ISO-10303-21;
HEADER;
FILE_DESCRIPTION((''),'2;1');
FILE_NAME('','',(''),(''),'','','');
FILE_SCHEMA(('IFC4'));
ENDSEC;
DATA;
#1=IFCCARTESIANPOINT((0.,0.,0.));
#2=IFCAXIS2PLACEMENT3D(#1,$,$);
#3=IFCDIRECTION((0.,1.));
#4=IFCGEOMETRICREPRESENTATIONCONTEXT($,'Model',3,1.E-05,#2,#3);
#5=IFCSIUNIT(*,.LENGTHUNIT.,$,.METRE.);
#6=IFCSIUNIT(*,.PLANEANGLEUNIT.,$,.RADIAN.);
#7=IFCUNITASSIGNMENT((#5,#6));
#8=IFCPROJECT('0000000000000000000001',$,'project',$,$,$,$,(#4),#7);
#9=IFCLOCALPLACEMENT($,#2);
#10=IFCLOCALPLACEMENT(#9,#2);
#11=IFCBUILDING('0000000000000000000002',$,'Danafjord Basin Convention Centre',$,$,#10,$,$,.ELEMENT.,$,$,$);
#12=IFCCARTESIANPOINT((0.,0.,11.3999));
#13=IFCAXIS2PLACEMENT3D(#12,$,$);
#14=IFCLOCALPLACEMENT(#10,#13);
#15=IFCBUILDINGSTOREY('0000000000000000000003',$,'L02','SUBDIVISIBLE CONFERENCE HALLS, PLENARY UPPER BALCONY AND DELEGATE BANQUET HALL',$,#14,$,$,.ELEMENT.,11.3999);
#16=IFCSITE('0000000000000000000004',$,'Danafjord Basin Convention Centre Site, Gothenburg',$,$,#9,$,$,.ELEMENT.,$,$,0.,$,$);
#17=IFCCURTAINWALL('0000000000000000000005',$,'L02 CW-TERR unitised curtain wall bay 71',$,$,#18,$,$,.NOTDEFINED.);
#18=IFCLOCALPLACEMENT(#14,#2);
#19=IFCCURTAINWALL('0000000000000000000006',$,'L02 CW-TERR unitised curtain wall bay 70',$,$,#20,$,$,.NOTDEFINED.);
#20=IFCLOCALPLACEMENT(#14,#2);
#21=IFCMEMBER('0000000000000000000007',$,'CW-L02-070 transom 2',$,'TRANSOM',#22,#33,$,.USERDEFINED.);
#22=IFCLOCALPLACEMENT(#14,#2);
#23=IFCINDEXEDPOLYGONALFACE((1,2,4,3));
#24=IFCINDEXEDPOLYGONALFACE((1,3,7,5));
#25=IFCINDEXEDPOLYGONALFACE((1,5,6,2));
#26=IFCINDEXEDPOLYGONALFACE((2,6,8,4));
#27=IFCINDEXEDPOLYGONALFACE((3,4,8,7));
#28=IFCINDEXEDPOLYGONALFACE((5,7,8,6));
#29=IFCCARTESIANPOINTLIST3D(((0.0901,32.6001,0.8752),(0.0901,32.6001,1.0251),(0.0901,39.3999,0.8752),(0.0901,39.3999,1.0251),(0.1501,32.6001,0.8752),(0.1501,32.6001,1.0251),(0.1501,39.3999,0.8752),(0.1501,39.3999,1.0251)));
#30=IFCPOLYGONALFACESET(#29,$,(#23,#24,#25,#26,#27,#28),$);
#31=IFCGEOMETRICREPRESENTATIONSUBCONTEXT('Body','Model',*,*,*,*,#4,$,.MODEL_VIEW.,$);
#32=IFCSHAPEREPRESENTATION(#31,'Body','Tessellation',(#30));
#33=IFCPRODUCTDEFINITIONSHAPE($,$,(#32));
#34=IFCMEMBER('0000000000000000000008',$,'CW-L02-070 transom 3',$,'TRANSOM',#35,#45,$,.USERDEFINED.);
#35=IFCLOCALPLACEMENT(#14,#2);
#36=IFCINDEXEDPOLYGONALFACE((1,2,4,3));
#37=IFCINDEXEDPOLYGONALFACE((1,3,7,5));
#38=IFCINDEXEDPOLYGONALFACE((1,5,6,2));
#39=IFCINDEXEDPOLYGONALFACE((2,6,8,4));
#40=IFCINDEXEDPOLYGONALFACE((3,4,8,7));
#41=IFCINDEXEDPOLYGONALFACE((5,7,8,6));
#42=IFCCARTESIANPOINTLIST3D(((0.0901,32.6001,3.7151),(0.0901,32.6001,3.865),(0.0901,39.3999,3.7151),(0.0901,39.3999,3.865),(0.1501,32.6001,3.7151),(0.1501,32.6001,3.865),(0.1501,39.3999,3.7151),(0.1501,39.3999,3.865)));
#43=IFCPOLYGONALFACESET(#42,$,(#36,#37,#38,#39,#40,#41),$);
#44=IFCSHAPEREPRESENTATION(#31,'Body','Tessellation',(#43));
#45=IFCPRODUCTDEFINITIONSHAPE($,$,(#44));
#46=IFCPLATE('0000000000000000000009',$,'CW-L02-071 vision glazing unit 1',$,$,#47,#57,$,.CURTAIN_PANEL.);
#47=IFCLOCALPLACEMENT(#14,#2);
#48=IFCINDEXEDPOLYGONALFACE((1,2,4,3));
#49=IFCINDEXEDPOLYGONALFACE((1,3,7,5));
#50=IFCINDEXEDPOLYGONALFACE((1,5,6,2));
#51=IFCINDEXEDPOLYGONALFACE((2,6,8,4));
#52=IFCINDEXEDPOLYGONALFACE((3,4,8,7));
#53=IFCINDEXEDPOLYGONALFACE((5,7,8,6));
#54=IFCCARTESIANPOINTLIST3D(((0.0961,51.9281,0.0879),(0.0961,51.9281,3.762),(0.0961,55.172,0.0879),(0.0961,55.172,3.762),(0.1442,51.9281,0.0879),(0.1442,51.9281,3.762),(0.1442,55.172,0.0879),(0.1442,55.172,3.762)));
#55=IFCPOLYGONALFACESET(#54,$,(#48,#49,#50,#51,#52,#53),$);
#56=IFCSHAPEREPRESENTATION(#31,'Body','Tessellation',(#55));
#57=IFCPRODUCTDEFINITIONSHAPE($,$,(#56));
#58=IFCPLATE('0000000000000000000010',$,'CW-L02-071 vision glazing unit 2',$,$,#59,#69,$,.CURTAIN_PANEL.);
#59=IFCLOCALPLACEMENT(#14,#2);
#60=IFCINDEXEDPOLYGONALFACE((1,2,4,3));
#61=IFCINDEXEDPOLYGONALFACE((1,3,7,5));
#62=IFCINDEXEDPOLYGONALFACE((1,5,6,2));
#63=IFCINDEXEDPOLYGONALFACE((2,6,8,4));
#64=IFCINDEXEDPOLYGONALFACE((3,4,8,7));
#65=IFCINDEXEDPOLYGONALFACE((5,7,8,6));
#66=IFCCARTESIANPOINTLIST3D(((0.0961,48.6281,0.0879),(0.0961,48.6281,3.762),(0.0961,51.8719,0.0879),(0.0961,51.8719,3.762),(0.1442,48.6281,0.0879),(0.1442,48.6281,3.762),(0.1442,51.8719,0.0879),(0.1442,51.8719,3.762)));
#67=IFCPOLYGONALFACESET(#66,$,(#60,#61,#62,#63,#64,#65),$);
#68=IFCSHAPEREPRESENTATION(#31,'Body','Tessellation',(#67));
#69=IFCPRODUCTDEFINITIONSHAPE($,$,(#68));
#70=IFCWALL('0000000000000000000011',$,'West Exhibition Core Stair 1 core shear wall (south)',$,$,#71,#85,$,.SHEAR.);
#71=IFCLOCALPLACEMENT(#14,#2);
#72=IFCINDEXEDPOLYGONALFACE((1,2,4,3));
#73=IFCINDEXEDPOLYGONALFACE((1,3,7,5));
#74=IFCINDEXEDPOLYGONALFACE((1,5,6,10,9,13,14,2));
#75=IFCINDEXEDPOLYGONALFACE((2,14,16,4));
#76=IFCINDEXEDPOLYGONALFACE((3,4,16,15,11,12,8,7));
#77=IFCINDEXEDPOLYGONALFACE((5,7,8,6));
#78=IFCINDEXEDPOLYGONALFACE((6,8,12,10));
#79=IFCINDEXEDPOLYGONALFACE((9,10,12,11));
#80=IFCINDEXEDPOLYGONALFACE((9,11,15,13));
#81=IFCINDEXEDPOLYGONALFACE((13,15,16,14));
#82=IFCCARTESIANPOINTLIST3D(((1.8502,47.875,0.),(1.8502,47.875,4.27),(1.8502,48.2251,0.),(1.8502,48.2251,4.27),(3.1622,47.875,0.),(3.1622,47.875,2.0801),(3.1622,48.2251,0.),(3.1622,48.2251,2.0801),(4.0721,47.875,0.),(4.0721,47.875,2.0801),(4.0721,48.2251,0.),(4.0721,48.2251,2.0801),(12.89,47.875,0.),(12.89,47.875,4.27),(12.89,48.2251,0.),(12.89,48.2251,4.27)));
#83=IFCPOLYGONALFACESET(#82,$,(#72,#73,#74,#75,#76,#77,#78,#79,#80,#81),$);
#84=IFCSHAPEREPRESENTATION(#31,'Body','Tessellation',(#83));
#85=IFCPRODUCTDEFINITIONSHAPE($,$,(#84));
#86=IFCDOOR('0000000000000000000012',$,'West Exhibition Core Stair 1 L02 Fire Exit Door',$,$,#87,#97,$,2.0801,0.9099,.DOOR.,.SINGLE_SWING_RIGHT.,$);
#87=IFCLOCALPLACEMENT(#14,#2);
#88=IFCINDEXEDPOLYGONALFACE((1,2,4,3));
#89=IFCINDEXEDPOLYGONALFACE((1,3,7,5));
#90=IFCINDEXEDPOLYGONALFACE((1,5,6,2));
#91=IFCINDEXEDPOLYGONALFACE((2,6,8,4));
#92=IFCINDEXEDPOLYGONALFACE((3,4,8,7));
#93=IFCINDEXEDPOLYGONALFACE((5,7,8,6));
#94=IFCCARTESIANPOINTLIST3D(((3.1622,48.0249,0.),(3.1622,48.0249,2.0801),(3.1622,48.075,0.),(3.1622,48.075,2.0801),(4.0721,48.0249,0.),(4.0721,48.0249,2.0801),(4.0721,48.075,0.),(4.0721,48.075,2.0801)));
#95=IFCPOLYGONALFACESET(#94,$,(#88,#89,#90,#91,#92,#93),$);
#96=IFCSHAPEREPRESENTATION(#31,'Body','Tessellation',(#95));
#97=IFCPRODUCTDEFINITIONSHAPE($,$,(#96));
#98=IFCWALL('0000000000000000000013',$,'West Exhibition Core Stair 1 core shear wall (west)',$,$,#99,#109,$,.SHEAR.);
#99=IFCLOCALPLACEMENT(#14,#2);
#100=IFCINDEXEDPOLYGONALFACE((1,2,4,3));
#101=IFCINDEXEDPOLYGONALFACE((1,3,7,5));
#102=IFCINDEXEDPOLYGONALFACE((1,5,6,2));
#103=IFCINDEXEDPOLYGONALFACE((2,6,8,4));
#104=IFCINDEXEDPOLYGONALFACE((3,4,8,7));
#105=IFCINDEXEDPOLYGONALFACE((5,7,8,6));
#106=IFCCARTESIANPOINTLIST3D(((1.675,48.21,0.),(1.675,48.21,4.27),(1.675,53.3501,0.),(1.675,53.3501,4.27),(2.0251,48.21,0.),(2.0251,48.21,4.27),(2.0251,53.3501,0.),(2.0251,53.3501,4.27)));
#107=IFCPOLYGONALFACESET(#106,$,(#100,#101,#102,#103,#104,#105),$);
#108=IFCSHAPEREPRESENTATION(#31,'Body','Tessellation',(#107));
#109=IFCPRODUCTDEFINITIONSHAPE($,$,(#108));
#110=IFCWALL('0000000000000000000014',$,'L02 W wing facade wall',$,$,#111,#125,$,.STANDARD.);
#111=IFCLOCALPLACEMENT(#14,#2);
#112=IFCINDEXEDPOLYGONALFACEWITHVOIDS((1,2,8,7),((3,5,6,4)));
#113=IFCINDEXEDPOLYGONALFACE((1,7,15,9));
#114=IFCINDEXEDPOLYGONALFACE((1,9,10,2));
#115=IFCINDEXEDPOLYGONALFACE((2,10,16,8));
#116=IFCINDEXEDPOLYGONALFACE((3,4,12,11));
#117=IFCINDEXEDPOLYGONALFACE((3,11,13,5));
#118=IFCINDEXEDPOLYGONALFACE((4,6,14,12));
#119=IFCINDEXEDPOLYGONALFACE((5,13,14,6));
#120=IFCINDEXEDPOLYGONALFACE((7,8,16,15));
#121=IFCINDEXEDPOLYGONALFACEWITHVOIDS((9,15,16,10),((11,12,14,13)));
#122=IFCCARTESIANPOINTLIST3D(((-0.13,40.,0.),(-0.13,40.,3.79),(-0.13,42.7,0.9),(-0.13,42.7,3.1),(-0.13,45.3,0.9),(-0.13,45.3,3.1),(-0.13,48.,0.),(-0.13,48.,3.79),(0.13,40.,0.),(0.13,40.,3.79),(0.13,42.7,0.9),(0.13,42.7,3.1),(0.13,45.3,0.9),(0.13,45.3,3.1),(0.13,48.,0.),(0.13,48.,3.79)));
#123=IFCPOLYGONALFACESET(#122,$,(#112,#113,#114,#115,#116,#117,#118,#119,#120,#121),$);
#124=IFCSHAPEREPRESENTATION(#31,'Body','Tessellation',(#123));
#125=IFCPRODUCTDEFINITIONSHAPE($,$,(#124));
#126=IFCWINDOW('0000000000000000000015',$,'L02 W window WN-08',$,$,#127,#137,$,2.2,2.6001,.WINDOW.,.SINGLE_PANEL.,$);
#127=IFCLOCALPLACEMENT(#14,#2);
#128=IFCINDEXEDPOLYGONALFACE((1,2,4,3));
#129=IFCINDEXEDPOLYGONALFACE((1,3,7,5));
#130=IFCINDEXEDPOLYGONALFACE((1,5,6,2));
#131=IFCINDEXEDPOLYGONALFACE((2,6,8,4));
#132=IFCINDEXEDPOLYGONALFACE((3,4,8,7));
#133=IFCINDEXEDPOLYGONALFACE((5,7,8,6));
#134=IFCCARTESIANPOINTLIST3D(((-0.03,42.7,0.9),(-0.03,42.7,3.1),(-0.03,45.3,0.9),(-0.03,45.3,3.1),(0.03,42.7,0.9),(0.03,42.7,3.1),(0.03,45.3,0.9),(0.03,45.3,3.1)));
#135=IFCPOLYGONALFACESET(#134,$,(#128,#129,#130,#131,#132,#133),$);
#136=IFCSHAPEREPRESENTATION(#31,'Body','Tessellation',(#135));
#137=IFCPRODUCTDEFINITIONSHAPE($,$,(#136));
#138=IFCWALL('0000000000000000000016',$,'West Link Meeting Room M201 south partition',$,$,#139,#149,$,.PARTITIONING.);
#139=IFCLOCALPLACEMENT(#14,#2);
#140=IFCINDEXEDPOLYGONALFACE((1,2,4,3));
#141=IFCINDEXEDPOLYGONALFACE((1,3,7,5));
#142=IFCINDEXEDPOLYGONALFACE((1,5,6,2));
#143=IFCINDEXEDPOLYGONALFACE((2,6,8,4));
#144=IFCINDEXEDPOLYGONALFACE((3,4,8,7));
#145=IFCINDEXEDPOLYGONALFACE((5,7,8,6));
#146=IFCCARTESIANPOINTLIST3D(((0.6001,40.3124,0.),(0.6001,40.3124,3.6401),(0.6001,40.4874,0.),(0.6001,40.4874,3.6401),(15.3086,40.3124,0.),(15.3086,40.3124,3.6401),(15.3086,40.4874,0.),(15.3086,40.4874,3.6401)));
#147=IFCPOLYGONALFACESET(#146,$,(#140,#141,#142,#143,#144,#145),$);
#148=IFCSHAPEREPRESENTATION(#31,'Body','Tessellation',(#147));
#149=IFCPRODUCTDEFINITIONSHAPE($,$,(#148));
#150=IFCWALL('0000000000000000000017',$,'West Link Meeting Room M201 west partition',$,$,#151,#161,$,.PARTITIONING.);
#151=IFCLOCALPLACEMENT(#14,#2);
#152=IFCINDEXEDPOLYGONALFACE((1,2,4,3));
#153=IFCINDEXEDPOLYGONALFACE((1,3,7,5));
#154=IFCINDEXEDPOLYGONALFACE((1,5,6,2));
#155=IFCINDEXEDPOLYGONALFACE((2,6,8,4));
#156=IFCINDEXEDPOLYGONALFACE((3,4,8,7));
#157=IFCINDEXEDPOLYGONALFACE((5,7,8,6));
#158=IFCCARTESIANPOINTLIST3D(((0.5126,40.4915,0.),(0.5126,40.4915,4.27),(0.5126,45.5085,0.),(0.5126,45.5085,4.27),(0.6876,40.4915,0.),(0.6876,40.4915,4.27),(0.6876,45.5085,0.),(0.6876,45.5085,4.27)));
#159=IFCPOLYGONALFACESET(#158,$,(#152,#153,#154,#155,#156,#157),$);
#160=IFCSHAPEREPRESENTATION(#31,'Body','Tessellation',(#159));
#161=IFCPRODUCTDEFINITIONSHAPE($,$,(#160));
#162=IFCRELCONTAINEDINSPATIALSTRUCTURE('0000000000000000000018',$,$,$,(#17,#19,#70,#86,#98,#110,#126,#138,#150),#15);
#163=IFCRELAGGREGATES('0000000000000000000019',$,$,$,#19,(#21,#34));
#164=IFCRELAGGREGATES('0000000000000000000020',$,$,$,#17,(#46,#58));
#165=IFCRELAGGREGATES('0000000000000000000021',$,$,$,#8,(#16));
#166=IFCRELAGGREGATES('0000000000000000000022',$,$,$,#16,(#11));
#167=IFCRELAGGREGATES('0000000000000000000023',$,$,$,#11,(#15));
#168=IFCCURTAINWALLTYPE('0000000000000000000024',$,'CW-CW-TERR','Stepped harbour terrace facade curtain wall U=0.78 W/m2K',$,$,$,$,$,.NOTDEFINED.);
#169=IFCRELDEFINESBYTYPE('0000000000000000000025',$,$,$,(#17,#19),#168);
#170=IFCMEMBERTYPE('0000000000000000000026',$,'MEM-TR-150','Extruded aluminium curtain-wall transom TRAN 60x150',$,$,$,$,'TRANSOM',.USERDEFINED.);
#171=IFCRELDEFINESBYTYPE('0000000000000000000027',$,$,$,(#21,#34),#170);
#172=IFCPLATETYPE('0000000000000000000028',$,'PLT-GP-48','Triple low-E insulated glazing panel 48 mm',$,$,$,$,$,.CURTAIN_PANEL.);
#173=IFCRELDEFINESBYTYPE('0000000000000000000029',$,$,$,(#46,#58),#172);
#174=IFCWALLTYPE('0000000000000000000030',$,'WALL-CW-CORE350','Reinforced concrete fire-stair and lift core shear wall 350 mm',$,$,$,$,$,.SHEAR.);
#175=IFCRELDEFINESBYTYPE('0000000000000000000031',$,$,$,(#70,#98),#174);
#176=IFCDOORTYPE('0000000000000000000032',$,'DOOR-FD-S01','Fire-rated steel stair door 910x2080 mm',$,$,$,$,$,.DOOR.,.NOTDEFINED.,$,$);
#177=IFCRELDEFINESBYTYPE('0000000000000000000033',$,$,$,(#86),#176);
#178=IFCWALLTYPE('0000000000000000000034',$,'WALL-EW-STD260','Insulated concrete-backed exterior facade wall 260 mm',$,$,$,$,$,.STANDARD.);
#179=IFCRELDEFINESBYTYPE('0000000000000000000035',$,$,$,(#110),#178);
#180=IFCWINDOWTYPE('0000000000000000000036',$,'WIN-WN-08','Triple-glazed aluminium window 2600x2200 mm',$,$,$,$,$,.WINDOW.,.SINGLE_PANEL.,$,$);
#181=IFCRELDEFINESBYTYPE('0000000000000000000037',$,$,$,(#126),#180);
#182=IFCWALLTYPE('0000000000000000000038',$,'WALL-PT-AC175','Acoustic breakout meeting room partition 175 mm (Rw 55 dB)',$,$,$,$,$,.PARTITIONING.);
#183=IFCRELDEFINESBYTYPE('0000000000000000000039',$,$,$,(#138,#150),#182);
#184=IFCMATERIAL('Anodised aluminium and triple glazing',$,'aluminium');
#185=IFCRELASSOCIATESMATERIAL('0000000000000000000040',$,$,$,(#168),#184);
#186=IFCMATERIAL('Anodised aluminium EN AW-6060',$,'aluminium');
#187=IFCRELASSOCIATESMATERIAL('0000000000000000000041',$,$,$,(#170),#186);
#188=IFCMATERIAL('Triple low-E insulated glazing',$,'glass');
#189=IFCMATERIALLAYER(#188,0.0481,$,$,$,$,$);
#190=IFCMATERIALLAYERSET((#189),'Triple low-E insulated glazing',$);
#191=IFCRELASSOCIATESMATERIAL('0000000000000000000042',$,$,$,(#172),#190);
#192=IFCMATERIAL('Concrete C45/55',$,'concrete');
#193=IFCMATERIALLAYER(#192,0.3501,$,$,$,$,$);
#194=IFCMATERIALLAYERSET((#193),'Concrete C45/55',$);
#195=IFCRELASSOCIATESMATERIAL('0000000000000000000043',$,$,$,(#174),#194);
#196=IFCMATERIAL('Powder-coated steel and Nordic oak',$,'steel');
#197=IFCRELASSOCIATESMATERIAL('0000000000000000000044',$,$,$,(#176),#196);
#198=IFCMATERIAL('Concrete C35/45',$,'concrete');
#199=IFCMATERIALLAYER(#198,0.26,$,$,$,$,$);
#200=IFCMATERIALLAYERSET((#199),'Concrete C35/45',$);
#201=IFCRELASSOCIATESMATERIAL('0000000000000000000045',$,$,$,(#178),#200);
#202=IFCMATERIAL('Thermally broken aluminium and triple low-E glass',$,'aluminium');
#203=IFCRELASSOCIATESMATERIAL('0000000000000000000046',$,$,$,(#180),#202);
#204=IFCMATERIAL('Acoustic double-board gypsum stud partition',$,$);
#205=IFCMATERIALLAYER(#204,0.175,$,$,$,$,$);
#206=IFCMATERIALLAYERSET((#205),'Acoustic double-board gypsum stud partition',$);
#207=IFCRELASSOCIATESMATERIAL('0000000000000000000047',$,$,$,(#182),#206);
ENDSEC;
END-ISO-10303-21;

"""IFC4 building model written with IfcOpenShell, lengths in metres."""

from ifc_helpers import new_model, si_unit, direction, frame, frame_2d, origin, origin_2d, place, context, subcontext, project, spatial, rectangle, extrude, material, layer, layer_set, material_profile, profile_set, type_object, element, fill, aggregate, save


model = new_model("IFC4")

# Units and contexts
model_context = context("Model", 3, precision=1e-05, world=origin(), true_north=direction((0.0, 1.0)))
body_context = subcontext(model_context, "Body", "Model", "MODEL_VIEW")
ifc_project = project(units=[si_unit("LENGTHUNIT", "METRE"), si_unit("PLANEANGLEUNIT", "RADIAN")], contexts=[model_context])

# Site, building, storey
site_placement = place(None, origin())
site = spatial("IfcSite", under=ifc_project, at=site_placement, Name="Danafjord Basin Convention Centre Site, Gothenburg", CompositionType="ELEMENT", RefElevation=0.0)
building_placement = place(site_placement, origin())
building = spatial("IfcBuilding", under=site, at=building_placement, Name="Danafjord Basin Convention Centre", CompositionType="ELEMENT")
storey_placement = place(building_placement, frame((0.0, 0.0, 11.3999)))
storey = spatial("IfcBuildingStorey", under=building, at=storey_placement, Name="L02", Description="SUBDIVISIBLE CONFERENCE HALLS, PLENARY UPPER BALCONY AND DELEGATE BANQUET HALL", CompositionType="ELEMENT", Elevation=11.3999)

# Curtain walls, members
ifc_material_1 = material(Name="Anodised aluminium and triple glazing", Category="aluminium")
curtain_wall_type = type_object("IfcCurtainWallType", Name="CW-CW-TERR", Description="Stepped harbour terrace facade curtain wall U=0.78 W/m2K", PredefinedType="NOTDEFINED", material=ifc_material_1)
curtain_wall_1_placement = place(storey_placement, origin())
curtain_wall_1 = element("IfcCurtainWall", 1, at=curtain_wall_1_placement, inside=storey, type_object=curtain_wall_type, Name="L02 CW-TERR unitised curtain wall bay 71", PredefinedType="NOTDEFINED")
ifc_material_2 = material(Name="Anodised aluminium EN AW-6060", Category="aluminium")
curtain_wall_2_placement = place(storey_placement, origin())
curtain_wall_2 = element("IfcCurtainWall", 2, at=curtain_wall_2_placement, inside=storey, type_object=curtain_wall_type, Name="L02 CW-TERR unitised curtain wall bay 70", PredefinedType="NOTDEFINED")
ifc_material_profile_1 = material_profile(ifc_material_2, rectangle(XDim=0.0601, YDim=0.1499, at=origin_2d()), Name="TRAN 60x150")
ifc_profile_set_1 = profile_set([ifc_material_profile_1], Name="Anodised aluminium EN AW-6060")
member_type_1 = type_object("IfcMemberType", Name="MEM-TR-150", Description="Extruded aluminium curtain-wall transom TRAN 60x150", ElementType="TRANSOM", PredefinedType="USERDEFINED", material=ifc_profile_set_1)
member_1_placement = place(storey_placement, frame((0.1201, 39.3999, 0.9502), z_axis=(0.0, -1.0, 0.0), x_axis=(1.0, 0.0, 0.0)))
member_1 = element("IfcMember", 3, at=member_1_placement, type_object=member_type_1, Name="CW-L02-070 transom 2", ObjectType="TRANSOM", PredefinedType="USERDEFINED", context=body_context, shape_type="SweptSolid", body=[
    extrude(rectangle(XDim=0.0601, YDim=0.1499, at=origin_2d()), origin(), (0.0, 0.0, 1.0), 6.7998),
])
member_2_placement = place(storey_placement, frame((0.1201, 39.3999, 3.79), z_axis=(0.0, -1.0, 0.0), x_axis=(1.0, 0.0, 0.0)))
member_2 = element("IfcMember", 4, at=member_2_placement, type_object=member_type_1, Name="CW-L02-070 transom 3", ObjectType="TRANSOM", PredefinedType="USERDEFINED", context=body_context, shape_type="SweptSolid", body=[
    extrude(rectangle(XDim=0.0601, YDim=0.1499, at=origin_2d()), origin(), (0.0, 0.0, 1.0), 6.7998),
])
aggregate(curtain_wall_2, [member_1, member_2])

# Plates
ifc_material_3 = material(Name="Triple low-E insulated glazing", Category="glass")
ifc_layer_1 = layer(ifc_material_3, 0.0481)
ifc_layer_set_1 = layer_set([ifc_layer_1], Name="Triple low-E insulated glazing")
plate_type = type_object("IfcPlateType", Name="PLT-GP-48", Description="Triple low-E insulated glazing panel 48 mm", PredefinedType="CURTAIN_PANEL", material=ifc_layer_set_1)
plate_1_placement = place(storey_placement, frame((0.1201, 53.55, 0.0879), z_axis=(0.0, 0.0, 1.0), x_axis=(0.0, -1.0, 0.0)))
plate_1 = element("IfcPlate", 5, at=plate_1_placement, type_object=plate_type, Name="CW-L02-071 vision glazing unit 1", PredefinedType="CURTAIN_PANEL", context=body_context, shape_type="SweptSolid", body=[
    extrude(rectangle(XDim=3.2439, YDim=0.0481, at=origin_2d()), origin(), (0.0, 0.0, 1.0), 3.6741),
])
plate_2_placement = place(storey_placement, frame((0.1201, 50.25, 0.0879), z_axis=(0.0, 0.0, 1.0), x_axis=(0.0, -1.0, 0.0)))
plate_2 = element("IfcPlate", 6, at=plate_2_placement, type_object=plate_type, Name="CW-L02-071 vision glazing unit 2", PredefinedType="CURTAIN_PANEL", context=body_context, shape_type="SweptSolid", body=[
    extrude(rectangle(XDim=3.2439, YDim=0.0481, at=origin_2d()), origin(), (0.0, 0.0, 1.0), 3.6741),
])
aggregate(curtain_wall_1, [plate_1, plate_2])

# Wall, opening, door
ifc_material_4 = material(Name="Concrete C45/55", Category="concrete")
ifc_layer_2 = layer(ifc_material_4, 0.3501)
ifc_layer_set_2 = layer_set([ifc_layer_2], Name="Concrete C45/55")
wall_type_1 = type_object("IfcWallType", Name="WALL-CW-CORE350", Description="Reinforced concrete fire-stair and lift core shear wall 350 mm", PredefinedType="SHEAR", material=ifc_layer_set_2)
wall_1_placement = place(storey_placement, frame((1.8501, 48.05, 0.0), z_axis=(0.0, 0.0, 1.0), x_axis=(1.0, 0.0, 0.0)))
wall_1 = element("IfcWall", 7, at=wall_1_placement, inside=storey, type_object=wall_type_1, Name="West Exhibition Core Stair 1 core shear wall (south)", PredefinedType="SHEAR", context=body_context, shape_type="SweptSolid", body=[
    extrude(rectangle(XDim=11.0398, YDim=0.3501, at=frame_2d((5.52, 0.0))), origin(), (0.0, 0.0, 1.0), 4.27),
])
opening_1_placement = place(wall_1_placement, frame((1.312, 0.0, 0.0)))
opening_1 = element("IfcOpeningElement", 8, at=opening_1_placement, cuts=wall_1, PredefinedType="OPENING", context=body_context, shape_type="SweptSolid", body=[
    extrude(rectangle(XDim=0.9099, YDim=2.0801, at=frame_2d((0.4551, 1.04))), frame((0.0, 0.1851, 0.0), z_axis=(0.0, -1.0, 0.0), x_axis=(1.0, 0.0, 0.0)), (0.0, 0.0, 1.0), 0.3701),
])
ifc_material_5 = material(Name="Powder-coated steel and Nordic oak", Category="steel")
door_type = type_object("IfcDoorType", Name="DOOR-FD-S01", Description="Fire-rated steel stair door 910x2080 mm", OperationType="NOTDEFINED", PredefinedType="DOOR", material=ifc_material_5)
door_placement = place(opening_1_placement, origin())
door = element("IfcDoor", 9, at=door_placement, inside=storey, type_object=door_type, Name="West Exhibition Core Stair 1 L02 Fire Exit Door", OperationType="SINGLE_SWING_RIGHT", OverallHeight=2.0801, OverallWidth=0.9099, PredefinedType="DOOR", context=body_context, shape_type="SweptSolid", body=[
    extrude(rectangle(XDim=0.9099, YDim=2.0801, at=frame_2d((0.4551, 1.04))), frame((0.0, 0.0249, 0.0), z_axis=(0.0, -1.0, 0.0), x_axis=(1.0, 0.0, 0.0)), (0.0, 0.0, 1.0), 0.05),
])
fill(opening_1, door)

# Wall
wall_2_placement = place(storey_placement, frame((1.8501, 53.3501, 0.0), z_axis=(0.0, 0.0, 1.0), x_axis=(0.0, -1.0, 0.0)))
element("IfcWall", 10, at=wall_2_placement, inside=storey, type_object=wall_type_1, Name="West Exhibition Core Stair 1 core shear wall (west)", PredefinedType="SHEAR", context=body_context, shape_type="SweptSolid", body=[
    extrude(rectangle(XDim=5.1401, YDim=0.3501, at=frame_2d((2.5701, 0.0))), origin(), (0.0, 0.0, 1.0), 4.27),
])

# Wall, opening, window
ifc_material_6 = material(Name="Concrete C35/45", Category="concrete")
ifc_layer_3 = layer(ifc_material_6, 0.26)
ifc_layer_set_3 = layer_set([ifc_layer_3], Name="Concrete C35/45")
wall_type_2 = type_object("IfcWallType", Name="WALL-EW-STD260", Description="Insulated concrete-backed exterior facade wall 260 mm", PredefinedType="STANDARD", material=ifc_layer_set_3)
wall_3_placement = place(storey_placement, frame((0.0, 40.0, 0.0), z_axis=(0.0, 0.0, 1.0), x_axis=(0.0, 1.0, 0.0)))
wall_3 = element("IfcWall", 11, at=wall_3_placement, inside=storey, type_object=wall_type_2, Name="L02 W wing facade wall", PredefinedType="STANDARD", context=body_context, shape_type="SweptSolid", body=[
    extrude(rectangle(XDim=8.0, YDim=0.26, at=frame_2d((4.0, 0.0))), origin(), (0.0, 0.0, 1.0), 3.79),
])
opening_2_placement = place(wall_3_placement, frame((2.7, 0.0, 0.8999)))
opening_2 = element("IfcOpeningElement", 12, at=opening_2_placement, cuts=wall_3, PredefinedType="OPENING", context=body_context, shape_type="SweptSolid", body=[
    extrude(rectangle(XDim=2.6001, YDim=2.2, at=frame_2d((1.3, 1.1001))), frame((0.0, 0.1399, 0.0), z_axis=(0.0, -1.0, 0.0), x_axis=(1.0, 0.0, 0.0)), (0.0, 0.0, 1.0), 0.28),
])
ifc_material_7 = material(Name="Thermally broken aluminium and triple low-E glass", Category="aluminium")
window_type = type_object("IfcWindowType", Name="WIN-WN-08", Description="Triple-glazed aluminium window 2600x2200 mm", PartitioningType="SINGLE_PANEL", PredefinedType="WINDOW", material=ifc_material_7)
window_placement = place(opening_2_placement, origin())
window = element("IfcWindow", 13, at=window_placement, inside=storey, type_object=window_type, Name="L02 W window WN-08", OverallHeight=2.2, OverallWidth=2.6001, PartitioningType="SINGLE_PANEL", PredefinedType="WINDOW", context=body_context, shape_type="SweptSolid", body=[
    extrude(rectangle(XDim=2.6001, YDim=2.2, at=frame_2d((1.3, 1.1001))), frame((0.0, 0.03, 0.0), z_axis=(0.0, -1.0, 0.0), x_axis=(1.0, 0.0, 0.0)), (0.0, 0.0, 1.0), 0.0601),
])
fill(opening_2, window)

# Walls
ifc_material_8 = material(Name="Acoustic double-board gypsum stud partition")
ifc_layer_4 = layer(ifc_material_8, 0.175)
ifc_layer_set_4 = layer_set([ifc_layer_4], Name="Acoustic double-board gypsum stud partition")
wall_type_3 = type_object("IfcWallType", Name="WALL-PT-AC175", Description="Acoustic breakout meeting room partition 175 mm (Rw 55 dB)", PredefinedType="PARTITIONING", material=ifc_layer_set_4)
wall_4_placement = place(storey_placement, frame((0.6001, 40.3999, 0.0), z_axis=(0.0, 0.0, 1.0), x_axis=(1.0, 0.0, 0.0)))
element("IfcWall", 14, at=wall_4_placement, inside=storey, type_object=wall_type_3, Name="West Link Meeting Room M201 south partition", PredefinedType="PARTITIONING", context=body_context, shape_type="SweptSolid", body=[
    extrude(rectangle(XDim=14.7085, YDim=0.175, at=frame_2d((7.3542, 0.0))), origin(), (0.0, 0.0, 1.0), 3.6401),
])
wall_5_placement = place(storey_placement, frame((0.6001, 45.5085, 0.0), z_axis=(0.0, 0.0, 1.0), x_axis=(0.0, -1.0, 0.0)))
element("IfcWall", 15, at=wall_5_placement, inside=storey, type_object=wall_type_3, Name="West Link Meeting Room M201 west partition", PredefinedType="PARTITIONING", context=body_context, shape_type="SweptSolid", body=[
    extrude(rectangle(XDim=5.0171, YDim=0.175, at=frame_2d((2.5085, 0.0))), origin(), (0.0, 0.0, 1.0), 4.27),
])

save(model, "model.ifc")
